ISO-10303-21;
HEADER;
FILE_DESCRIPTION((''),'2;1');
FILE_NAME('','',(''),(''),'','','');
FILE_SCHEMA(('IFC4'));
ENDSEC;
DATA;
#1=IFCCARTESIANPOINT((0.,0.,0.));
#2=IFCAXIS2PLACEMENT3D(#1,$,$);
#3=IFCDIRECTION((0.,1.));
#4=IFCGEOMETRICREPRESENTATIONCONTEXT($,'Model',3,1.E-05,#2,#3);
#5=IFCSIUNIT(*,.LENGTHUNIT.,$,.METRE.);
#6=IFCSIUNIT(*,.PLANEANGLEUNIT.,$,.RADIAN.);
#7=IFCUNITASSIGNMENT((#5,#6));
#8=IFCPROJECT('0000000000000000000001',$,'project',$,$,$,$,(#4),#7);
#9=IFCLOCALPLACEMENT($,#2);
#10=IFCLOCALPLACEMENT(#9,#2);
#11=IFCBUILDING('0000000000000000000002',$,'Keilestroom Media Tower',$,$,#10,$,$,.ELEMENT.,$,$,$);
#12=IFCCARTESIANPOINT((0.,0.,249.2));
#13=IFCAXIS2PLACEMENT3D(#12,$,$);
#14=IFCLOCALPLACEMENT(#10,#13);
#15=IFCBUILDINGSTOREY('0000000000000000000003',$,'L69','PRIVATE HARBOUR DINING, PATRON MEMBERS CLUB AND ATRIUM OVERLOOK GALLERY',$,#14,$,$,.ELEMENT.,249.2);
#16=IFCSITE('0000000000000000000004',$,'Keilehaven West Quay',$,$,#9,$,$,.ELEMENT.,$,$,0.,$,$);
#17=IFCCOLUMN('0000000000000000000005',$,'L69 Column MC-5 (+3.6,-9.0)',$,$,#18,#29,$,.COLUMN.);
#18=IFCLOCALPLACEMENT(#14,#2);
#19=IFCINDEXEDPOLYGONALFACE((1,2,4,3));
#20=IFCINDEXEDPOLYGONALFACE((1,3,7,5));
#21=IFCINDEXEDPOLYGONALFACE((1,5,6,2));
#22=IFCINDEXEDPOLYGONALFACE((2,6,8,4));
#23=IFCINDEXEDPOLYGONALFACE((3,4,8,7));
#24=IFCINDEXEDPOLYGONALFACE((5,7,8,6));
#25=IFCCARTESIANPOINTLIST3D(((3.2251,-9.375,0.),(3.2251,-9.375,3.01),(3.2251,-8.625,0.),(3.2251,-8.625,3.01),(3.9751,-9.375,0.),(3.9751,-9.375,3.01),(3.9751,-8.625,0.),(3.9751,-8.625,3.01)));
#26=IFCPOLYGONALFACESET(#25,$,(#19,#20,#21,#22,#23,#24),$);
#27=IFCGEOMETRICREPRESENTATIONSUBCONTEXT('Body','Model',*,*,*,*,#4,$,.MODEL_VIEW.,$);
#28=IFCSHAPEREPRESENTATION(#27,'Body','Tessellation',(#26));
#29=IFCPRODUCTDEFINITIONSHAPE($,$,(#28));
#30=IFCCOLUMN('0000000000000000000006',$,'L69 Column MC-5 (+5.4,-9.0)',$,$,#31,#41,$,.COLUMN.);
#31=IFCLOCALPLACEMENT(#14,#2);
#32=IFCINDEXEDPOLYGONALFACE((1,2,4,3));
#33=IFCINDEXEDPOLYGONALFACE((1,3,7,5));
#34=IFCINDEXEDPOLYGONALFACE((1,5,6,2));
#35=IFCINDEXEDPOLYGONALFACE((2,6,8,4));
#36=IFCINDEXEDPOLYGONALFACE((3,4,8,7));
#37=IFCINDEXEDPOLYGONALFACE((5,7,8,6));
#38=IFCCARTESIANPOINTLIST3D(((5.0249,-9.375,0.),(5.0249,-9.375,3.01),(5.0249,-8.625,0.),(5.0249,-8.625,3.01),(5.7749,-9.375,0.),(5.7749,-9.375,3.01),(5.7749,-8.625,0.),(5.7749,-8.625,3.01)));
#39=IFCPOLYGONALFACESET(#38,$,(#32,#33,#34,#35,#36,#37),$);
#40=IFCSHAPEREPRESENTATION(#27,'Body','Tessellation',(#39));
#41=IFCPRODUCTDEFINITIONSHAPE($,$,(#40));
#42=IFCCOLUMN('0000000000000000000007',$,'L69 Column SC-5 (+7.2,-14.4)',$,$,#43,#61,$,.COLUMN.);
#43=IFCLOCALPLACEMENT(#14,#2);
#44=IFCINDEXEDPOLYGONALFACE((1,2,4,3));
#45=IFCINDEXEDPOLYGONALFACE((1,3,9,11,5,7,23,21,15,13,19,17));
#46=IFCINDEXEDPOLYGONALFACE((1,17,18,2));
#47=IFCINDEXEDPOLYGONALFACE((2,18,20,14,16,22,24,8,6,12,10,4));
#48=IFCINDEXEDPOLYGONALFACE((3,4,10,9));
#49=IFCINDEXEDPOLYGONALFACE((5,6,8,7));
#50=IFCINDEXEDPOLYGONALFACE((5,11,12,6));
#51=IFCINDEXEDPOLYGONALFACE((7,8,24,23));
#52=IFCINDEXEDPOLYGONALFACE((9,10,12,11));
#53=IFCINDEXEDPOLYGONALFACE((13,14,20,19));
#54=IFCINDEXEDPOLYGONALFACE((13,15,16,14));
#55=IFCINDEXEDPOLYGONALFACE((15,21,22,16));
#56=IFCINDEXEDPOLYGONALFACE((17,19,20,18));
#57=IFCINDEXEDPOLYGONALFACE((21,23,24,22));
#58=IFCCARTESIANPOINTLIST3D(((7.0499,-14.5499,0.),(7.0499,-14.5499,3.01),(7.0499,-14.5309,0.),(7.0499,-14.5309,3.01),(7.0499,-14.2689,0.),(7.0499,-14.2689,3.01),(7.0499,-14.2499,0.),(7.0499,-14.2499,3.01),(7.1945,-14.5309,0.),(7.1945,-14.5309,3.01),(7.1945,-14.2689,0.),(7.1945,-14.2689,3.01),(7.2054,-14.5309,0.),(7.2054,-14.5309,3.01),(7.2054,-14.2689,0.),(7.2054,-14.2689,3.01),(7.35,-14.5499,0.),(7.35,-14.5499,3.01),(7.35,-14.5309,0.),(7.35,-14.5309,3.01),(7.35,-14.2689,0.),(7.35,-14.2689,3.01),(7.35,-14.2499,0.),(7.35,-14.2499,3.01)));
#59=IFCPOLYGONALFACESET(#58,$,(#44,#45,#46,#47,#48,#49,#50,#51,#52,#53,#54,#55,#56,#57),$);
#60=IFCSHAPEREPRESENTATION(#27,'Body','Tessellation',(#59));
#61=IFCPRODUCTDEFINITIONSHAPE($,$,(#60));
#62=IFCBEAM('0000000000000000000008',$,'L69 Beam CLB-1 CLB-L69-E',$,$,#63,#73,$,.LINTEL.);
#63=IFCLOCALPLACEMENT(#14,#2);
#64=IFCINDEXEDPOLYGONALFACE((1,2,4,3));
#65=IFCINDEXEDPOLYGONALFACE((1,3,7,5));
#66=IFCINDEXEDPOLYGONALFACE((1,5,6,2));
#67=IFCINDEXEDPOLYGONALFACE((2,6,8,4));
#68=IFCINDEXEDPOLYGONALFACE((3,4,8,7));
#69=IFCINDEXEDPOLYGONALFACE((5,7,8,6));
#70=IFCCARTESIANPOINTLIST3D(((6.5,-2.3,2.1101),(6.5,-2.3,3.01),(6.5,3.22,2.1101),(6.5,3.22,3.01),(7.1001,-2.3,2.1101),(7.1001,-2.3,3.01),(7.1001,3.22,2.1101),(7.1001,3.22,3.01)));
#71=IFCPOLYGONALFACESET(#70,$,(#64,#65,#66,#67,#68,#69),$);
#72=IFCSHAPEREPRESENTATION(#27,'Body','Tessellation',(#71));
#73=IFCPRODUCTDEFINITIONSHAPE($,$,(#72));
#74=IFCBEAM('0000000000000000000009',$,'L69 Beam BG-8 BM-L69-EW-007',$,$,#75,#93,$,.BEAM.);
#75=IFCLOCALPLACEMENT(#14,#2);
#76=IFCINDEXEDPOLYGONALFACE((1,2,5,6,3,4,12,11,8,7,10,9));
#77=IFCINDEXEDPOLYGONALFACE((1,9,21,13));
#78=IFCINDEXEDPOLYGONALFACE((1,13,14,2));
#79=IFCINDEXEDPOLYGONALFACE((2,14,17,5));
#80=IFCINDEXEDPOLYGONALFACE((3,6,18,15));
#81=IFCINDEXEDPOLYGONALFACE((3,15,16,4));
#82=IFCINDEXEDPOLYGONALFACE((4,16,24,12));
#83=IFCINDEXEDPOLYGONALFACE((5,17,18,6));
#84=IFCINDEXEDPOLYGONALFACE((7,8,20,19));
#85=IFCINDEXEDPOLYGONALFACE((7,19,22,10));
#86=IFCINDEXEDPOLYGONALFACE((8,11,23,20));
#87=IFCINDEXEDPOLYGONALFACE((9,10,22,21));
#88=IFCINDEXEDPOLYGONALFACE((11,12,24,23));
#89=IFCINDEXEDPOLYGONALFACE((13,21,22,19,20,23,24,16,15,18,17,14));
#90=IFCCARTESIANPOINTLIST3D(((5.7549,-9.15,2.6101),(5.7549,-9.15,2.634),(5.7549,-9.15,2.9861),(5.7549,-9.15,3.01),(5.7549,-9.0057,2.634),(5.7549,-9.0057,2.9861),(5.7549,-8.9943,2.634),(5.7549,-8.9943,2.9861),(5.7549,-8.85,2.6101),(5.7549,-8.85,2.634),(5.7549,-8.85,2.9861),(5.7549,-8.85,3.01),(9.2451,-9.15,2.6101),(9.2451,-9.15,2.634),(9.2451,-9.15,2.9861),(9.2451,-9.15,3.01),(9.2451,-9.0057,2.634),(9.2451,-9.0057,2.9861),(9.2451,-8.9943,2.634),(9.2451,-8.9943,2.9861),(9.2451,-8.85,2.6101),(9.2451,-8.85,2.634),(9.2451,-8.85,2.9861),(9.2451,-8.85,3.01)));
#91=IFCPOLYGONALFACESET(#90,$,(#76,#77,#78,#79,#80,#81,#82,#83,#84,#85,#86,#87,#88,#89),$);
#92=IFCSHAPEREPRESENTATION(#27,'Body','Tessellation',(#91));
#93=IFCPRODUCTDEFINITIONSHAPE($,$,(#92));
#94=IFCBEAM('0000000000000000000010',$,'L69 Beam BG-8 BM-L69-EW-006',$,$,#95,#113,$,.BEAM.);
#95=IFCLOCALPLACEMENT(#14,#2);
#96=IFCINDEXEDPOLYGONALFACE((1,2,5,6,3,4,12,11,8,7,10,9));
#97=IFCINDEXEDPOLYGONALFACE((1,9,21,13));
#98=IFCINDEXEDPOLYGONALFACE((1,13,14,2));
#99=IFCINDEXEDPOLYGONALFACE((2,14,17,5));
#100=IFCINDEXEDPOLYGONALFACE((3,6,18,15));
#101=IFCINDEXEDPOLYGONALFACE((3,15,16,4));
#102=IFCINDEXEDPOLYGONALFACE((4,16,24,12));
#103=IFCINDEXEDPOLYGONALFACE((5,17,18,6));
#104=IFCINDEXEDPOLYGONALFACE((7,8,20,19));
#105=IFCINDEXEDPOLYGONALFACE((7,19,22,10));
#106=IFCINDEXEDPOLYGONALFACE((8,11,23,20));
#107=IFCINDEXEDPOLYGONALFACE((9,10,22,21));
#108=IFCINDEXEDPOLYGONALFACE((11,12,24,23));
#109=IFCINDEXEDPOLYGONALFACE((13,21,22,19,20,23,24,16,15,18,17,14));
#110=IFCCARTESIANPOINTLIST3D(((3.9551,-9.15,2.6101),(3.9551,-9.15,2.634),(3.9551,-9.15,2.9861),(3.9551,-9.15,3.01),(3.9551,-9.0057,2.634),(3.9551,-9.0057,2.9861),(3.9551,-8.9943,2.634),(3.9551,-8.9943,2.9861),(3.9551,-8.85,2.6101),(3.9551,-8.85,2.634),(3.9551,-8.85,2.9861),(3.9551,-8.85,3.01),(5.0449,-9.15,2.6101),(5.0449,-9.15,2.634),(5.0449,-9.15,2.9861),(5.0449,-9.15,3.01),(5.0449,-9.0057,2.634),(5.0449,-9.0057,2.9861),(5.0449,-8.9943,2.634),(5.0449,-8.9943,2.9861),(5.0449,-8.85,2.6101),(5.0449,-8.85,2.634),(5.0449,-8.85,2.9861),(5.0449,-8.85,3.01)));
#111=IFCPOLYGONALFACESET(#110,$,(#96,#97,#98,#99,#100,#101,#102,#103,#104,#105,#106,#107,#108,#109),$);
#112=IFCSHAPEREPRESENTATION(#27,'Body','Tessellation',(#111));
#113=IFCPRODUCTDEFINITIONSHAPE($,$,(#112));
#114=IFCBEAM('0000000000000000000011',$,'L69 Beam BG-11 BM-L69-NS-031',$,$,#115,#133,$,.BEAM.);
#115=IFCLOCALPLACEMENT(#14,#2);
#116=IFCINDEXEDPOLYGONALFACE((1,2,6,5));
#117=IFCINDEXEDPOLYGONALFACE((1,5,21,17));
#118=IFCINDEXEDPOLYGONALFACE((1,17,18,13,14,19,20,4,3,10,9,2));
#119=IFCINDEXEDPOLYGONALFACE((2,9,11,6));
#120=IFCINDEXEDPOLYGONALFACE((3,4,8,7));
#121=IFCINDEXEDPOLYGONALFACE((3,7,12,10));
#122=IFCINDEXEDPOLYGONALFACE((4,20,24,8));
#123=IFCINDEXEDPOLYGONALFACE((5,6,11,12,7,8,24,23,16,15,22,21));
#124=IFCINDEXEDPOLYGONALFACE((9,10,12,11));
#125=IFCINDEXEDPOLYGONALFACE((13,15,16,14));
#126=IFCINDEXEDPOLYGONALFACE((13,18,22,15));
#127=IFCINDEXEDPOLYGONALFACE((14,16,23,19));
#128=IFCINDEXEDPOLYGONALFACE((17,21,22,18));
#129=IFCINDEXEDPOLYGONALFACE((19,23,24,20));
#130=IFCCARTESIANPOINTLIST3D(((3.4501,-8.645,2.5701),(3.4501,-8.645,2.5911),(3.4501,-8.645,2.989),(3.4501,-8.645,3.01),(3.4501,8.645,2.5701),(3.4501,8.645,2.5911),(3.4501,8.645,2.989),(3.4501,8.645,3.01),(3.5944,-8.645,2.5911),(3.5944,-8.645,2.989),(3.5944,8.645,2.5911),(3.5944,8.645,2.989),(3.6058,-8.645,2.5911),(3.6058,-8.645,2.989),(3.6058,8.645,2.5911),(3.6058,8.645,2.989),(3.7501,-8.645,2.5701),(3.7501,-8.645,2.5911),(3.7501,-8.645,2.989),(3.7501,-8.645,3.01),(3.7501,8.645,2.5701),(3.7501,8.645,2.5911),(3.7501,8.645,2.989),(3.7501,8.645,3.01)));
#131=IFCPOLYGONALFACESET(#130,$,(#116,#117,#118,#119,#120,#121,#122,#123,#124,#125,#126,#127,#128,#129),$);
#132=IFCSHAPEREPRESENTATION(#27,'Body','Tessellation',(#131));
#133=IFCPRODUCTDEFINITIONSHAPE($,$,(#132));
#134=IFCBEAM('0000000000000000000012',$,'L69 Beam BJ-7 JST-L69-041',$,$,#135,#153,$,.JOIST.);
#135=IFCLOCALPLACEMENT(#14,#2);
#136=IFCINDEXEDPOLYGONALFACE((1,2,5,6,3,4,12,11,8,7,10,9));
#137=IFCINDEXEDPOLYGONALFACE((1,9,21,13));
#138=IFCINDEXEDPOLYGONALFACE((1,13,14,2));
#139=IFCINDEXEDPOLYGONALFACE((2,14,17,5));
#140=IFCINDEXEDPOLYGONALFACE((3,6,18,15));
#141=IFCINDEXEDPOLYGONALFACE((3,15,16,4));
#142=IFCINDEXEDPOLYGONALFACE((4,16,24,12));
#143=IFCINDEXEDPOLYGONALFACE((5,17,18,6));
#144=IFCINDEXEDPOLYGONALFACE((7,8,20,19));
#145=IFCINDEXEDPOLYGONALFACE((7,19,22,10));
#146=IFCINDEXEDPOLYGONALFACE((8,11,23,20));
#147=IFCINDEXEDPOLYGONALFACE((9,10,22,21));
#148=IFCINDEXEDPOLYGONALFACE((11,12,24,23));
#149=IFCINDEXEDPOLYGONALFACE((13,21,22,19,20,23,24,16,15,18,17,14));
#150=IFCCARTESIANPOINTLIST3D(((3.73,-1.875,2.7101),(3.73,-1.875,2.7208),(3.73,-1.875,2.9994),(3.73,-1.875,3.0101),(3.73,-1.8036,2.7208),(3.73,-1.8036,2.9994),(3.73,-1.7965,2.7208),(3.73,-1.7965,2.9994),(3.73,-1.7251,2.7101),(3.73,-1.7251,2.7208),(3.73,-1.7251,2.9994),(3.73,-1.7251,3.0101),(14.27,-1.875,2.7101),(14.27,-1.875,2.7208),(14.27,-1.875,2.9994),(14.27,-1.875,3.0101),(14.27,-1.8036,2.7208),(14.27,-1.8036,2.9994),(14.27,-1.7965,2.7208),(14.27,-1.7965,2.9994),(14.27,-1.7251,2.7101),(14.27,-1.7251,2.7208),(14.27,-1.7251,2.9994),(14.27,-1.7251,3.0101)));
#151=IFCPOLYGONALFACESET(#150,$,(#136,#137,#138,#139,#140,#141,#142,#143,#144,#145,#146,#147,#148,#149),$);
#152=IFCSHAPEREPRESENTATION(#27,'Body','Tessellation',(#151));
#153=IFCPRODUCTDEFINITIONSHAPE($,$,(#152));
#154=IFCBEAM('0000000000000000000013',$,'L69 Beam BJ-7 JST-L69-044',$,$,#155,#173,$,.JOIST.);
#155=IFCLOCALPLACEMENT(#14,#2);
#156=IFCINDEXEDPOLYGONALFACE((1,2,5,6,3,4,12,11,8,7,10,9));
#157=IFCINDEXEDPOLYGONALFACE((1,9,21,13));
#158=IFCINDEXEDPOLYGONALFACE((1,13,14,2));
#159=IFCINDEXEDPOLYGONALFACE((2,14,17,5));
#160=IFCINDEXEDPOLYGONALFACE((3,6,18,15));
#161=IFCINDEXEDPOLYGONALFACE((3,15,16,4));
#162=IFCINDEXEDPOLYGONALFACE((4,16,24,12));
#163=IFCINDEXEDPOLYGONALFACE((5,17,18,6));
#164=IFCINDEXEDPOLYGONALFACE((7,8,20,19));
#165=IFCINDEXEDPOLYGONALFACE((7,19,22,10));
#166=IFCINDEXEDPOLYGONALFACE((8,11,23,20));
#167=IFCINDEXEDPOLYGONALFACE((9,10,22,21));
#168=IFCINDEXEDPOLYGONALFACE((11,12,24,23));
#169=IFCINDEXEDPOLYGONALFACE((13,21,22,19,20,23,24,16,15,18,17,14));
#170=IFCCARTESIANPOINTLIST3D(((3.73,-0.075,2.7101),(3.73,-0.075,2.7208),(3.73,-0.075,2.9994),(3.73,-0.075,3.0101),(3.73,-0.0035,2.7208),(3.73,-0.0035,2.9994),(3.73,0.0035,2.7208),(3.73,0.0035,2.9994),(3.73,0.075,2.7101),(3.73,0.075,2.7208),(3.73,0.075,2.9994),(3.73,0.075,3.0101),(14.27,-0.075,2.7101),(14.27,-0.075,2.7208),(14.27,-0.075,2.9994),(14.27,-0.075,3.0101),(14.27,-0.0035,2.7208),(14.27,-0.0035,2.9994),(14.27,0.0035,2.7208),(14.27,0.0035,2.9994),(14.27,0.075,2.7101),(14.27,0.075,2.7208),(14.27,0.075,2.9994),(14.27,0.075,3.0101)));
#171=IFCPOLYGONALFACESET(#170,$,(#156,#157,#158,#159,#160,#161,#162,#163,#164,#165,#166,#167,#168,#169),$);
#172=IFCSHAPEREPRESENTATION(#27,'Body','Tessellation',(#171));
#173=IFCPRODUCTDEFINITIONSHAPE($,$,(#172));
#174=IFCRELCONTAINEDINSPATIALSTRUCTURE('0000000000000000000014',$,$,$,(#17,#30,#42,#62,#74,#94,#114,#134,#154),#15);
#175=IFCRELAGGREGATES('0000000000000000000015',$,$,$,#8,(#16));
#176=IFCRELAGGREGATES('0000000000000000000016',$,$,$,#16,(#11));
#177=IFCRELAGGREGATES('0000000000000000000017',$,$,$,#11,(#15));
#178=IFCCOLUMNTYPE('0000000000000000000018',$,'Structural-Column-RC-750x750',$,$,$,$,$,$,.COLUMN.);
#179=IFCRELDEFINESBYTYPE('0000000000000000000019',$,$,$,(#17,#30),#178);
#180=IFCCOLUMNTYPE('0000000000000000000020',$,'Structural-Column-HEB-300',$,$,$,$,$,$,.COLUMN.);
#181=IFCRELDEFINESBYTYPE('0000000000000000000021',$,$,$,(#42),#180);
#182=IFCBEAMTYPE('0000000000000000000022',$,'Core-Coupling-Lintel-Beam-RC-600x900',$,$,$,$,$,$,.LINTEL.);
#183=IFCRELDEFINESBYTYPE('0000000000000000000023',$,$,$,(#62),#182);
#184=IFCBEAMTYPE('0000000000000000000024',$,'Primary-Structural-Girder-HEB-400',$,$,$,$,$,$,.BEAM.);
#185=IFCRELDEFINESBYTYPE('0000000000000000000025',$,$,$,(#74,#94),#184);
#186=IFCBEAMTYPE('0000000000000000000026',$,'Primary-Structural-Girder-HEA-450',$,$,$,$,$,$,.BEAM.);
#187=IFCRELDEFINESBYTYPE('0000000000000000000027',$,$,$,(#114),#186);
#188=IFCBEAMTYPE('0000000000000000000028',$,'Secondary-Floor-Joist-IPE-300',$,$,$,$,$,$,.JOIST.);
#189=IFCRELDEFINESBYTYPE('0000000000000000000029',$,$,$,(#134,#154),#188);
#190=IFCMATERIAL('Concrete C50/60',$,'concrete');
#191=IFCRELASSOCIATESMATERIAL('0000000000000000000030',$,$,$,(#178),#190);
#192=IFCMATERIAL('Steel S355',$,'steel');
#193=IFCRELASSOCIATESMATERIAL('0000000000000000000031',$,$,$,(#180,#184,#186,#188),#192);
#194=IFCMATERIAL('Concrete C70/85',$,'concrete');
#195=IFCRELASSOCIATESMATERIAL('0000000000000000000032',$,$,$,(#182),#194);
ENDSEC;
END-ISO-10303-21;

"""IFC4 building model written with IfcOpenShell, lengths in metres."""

from ifc_helpers import new_model, si_unit, direction, frame, origin, origin_2d, place, context, subcontext, project, spatial, rectangle, i_section, extrude, source, transform, mapped, material, material_profile, profile_set, type_object, element, save


model = new_model("IFC4")

# Units and contexts
model_context = context("Model", 3, precision=1e-05, world=origin(), true_north=direction((0.0, 1.0)))
body_context = subcontext(model_context, "Body", "Model", "MODEL_VIEW")
ifc_project = project(units=[si_unit("LENGTHUNIT", "METRE"), si_unit("PLANEANGLEUNIT", "RADIAN")], contexts=[model_context])

# Site, building, storey
site_placement = place(None, origin())
site = spatial("IfcSite", under=ifc_project, at=site_placement, Name="Keilehaven West Quay", CompositionType="ELEMENT", RefElevation=0.0)
building_placement = place(site_placement, origin())
building = spatial("IfcBuilding", under=site, at=building_placement, Name="Keilestroom Media Tower", CompositionType="ELEMENT")
storey_placement = place(building_placement, frame((0.0, 0.0, 249.2)))
storey = spatial("IfcBuildingStorey", under=building, at=storey_placement, Name="L69", Description="PRIVATE HARBOUR DINING, PATRON MEMBERS CLUB AND ATRIUM OVERLOOK GALLERY", CompositionType="ELEMENT", Elevation=249.2)

# Columns
ifc_material_1 = material(Name="Concrete C50/60", Category="concrete")
ifc_material_profile_1 = material_profile(ifc_material_1, rectangle(XDim=0.75, YDim=0.75, at=origin_2d()), Name="RC 750x750")
ifc_profile_set_1 = profile_set([ifc_material_profile_1], Name="Concrete C50/60")
column_type_1 = type_object("IfcColumnType", Name="Structural-Column-RC-750x750", PredefinedType="COLUMN", material=ifc_profile_set_1)
shared_shape_1 = source(origin(), body_context, "Body", "SweptSolid", [
    extrude(rectangle(XDim=0.75, YDim=0.75, at=origin_2d()), origin(), (0.0, 0.0, 1.0), 3.01),
])
for number, where, z_axis, x_axis, name in (
    (1, (3.6001, -9.0, 0.0), (0.0, 0.0, 1.0), (1.0, 0.0, 0.0), "L69 Column MC-5 (+3.6,-9.0)"),
    (2, (5.3999, -9.0, 0.0), (0.0, 0.0, 1.0), (1.0, 0.0, 0.0), "L69 Column MC-5 (+5.4,-9.0)"),
):
    element("IfcColumn", number, at=place(storey_placement, frame(where, z_axis=z_axis, x_axis=x_axis)), inside=storey, type_object=column_type_1, Name=name, PredefinedType="COLUMN", context=body_context, shape_type="MappedRepresentation", body=[
        mapped(shared_shape_1, transform((0.0, 0.0, 0.0), x_axis=(1.0, 0.0, 0.0), y_axis=(0.0, 1.0, 0.0), z_axis=(0.0, 0.0, 1.0), scale=1.0)),
    ])
ifc_material_2 = material(Name="Steel S355", Category="steel")
ifc_material_profile_2 = material_profile(ifc_material_2, i_section(OverallWidth=0.3, OverallDepth=0.3, WebThickness=0.011, FlangeThickness=0.019, at=origin_2d()), Name="HEB 300")
ifc_profile_set_2 = profile_set([ifc_material_profile_2], Name="Steel S355")
column_type_2 = type_object("IfcColumnType", Name="Structural-Column-HEB-300", PredefinedType="COLUMN", material=ifc_profile_set_2)
shared_shape_2 = source(origin(), body_context, "Body", "SweptSolid", [
    extrude(i_section(OverallWidth=0.3, OverallDepth=0.3, WebThickness=0.011, FlangeThickness=0.019, at=origin_2d()), origin(), (0.0, 0.0, 1.0), 3.01),
])
column_placement = place(storey_placement, frame((7.2, -14.3999, 0.0), z_axis=(0.0, 0.0, 1.0), x_axis=(1.0, 0.0, 0.0)))
element("IfcColumn", 3, at=column_placement, inside=storey, type_object=column_type_2, Name="L69 Column SC-5 (+7.2,-14.4)", PredefinedType="COLUMN", context=body_context, shape_type="MappedRepresentation", body=[
    mapped(shared_shape_2, transform((0.0, 0.0, 0.0), x_axis=(1.0, 0.0, 0.0), y_axis=(0.0, 1.0, 0.0), z_axis=(0.0, 0.0, 1.0), scale=1.0)),
])

# Beams
ifc_material_3 = material(Name="Concrete C70/85", Category="concrete")
ifc_material_profile_3 = material_profile(ifc_material_3, rectangle(XDim=0.6001, YDim=0.8999, at=origin_2d()), Name="RC 600x900")
ifc_profile_set_3 = profile_set([ifc_material_profile_3], Name="Concrete C70/85")
beam_type_1 = type_object("IfcBeamType", Name="Core-Coupling-Lintel-Beam-RC-600x900", PredefinedType="LINTEL", material=ifc_profile_set_3)
shared_shape_3 = source(origin(), body_context, "Body", "SweptSolid", [
    extrude(rectangle(XDim=0.6001, YDim=0.8999, at=origin_2d()), origin(), (0.0, 0.0, 1.0), 5.52),
])
beam_1_placement = place(storey_placement, frame((6.8, -2.3, 2.5601), z_axis=(0.0, 1.0, 0.0), x_axis=(-1.0, 0.0, 0.0)))
element("IfcBeam", 4, at=beam_1_placement, inside=storey, type_object=beam_type_1, Name="L69 Beam CLB-1 CLB-L69-E", PredefinedType="LINTEL", context=body_context, shape_type="MappedRepresentation", body=[
    mapped(shared_shape_3, transform((0.0, 0.0, 0.0), x_axis=(1.0, 0.0, 0.0), y_axis=(0.0, 1.0, 0.0), z_axis=(0.0, 0.0, 1.0), scale=1.0)),
])
ifc_material_profile_4 = material_profile(ifc_material_2, i_section(OverallWidth=0.3, OverallDepth=0.3999, WebThickness=0.0115, FlangeThickness=0.0239, at=origin_2d()), Name="HEB 400")
ifc_profile_set_4 = profile_set([ifc_material_profile_4], Name="Steel S355")
beam_type_2 = type_object("IfcBeamType", Name="Primary-Structural-Girder-HEB-400", PredefinedType="BEAM", material=ifc_profile_set_4)
shared_shape_4 = source(origin(), body_context, "Body", "SweptSolid", [
    extrude(i_section(OverallWidth=0.3, OverallDepth=0.3999, WebThickness=0.0115, FlangeThickness=0.0239, at=origin_2d()), origin(), (0.0, 0.0, 1.0), 3.4902),
])
beam_2_placement = place(storey_placement, frame((5.7549, -9.0, 2.8101), z_axis=(1.0, 0.0, 0.0), x_axis=(0.0, 1.0, 0.0)))
element("IfcBeam", 5, at=beam_2_placement, inside=storey, type_object=beam_type_2, Name="L69 Beam BG-8 BM-L69-EW-007", PredefinedType="BEAM", context=body_context, shape_type="MappedRepresentation", body=[
    mapped(shared_shape_4, transform((0.0, 0.0, 0.0), x_axis=(1.0, 0.0, 0.0), y_axis=(0.0, 1.0, 0.0), z_axis=(0.0, 0.0, 1.0), scale=1.0)),
])
shared_shape_5 = source(origin(), body_context, "Body", "SweptSolid", [
    extrude(i_section(OverallWidth=0.3, OverallDepth=0.3999, WebThickness=0.0115, FlangeThickness=0.0239, at=origin_2d()), origin(), (0.0, 0.0, 1.0), 1.0898),
])
beam_3_placement = place(storey_placement, frame((3.9551, -9.0, 2.8101), z_axis=(1.0, 0.0, 0.0), x_axis=(0.0, 1.0, 0.0)))
element("IfcBeam", 6, at=beam_3_placement, inside=storey, type_object=beam_type_2, Name="L69 Beam BG-8 BM-L69-EW-006", PredefinedType="BEAM", context=body_context, shape_type="MappedRepresentation", body=[
    mapped(shared_shape_5, transform((0.0, 0.0, 0.0), x_axis=(1.0, 0.0, 0.0), y_axis=(0.0, 1.0, 0.0), z_axis=(0.0, 0.0, 1.0), scale=1.0)),
])
ifc_material_profile_5 = material_profile(ifc_material_2, i_section(OverallWidth=0.3, OverallDepth=0.4399, WebThickness=0.0115, FlangeThickness=0.021, at=origin_2d()), Name="HEA 450")
ifc_profile_set_5 = profile_set([ifc_material_profile_5], Name="Steel S355")
beam_type_3 = type_object("IfcBeamType", Name="Primary-Structural-Girder-HEA-450", PredefinedType="BEAM", material=ifc_profile_set_5)
shared_shape_6 = source(origin(), body_context, "Body", "SweptSolid", [
    extrude(i_section(OverallWidth=0.3, OverallDepth=0.4399, WebThickness=0.0115, FlangeThickness=0.021, at=origin_2d()), origin(), (0.0, 0.0, 1.0), 17.29),
])
beam_4_placement = place(storey_placement, frame((3.6001, -8.645, 2.79), z_axis=(0.0, 1.0, 0.0), x_axis=(-1.0, 0.0, 0.0)))
element("IfcBeam", 7, at=beam_4_placement, inside=storey, type_object=beam_type_3, Name="L69 Beam BG-11 BM-L69-NS-031", PredefinedType="BEAM", context=body_context, shape_type="MappedRepresentation", body=[
    mapped(shared_shape_6, transform((0.0, 0.0, 0.0), x_axis=(1.0, 0.0, 0.0), y_axis=(0.0, 1.0, 0.0), z_axis=(0.0, 0.0, 1.0), scale=1.0)),
])
ifc_material_profile_6 = material_profile(ifc_material_2, i_section(OverallWidth=0.1499, OverallDepth=0.3, WebThickness=0.0071, FlangeThickness=0.0107, at=origin_2d()), Name="IPE 300")
ifc_profile_set_6 = profile_set([ifc_material_profile_6], Name="Steel S355")
beam_type_4 = type_object("IfcBeamType", Name="Secondary-Floor-Joist-IPE-300", PredefinedType="JOIST", material=ifc_profile_set_6)
shared_shape_7 = source(origin(), body_context, "Body", "SweptSolid", [
    extrude(i_section(OverallWidth=0.1499, OverallDepth=0.3, WebThickness=0.0071, FlangeThickness=0.0107, at=origin_2d()), origin(), (0.0, 0.0, 1.0), 10.54),
])
for number, where, z_axis, x_axis, name in (
    (8, (3.73, -1.8, 2.8601), (1.0, 0.0, 0.0), (0.0, 1.0, 0.0), "L69 Beam BJ-7 JST-L69-041"),
    (9, (3.73, 0.0, 2.8601), (1.0, 0.0, 0.0), (0.0, 1.0, 0.0), "L69 Beam BJ-7 JST-L69-044"),
):
    element("IfcBeam", number, at=place(storey_placement, frame(where, z_axis=z_axis, x_axis=x_axis)), inside=storey, type_object=beam_type_4, Name=name, PredefinedType="JOIST", context=body_context, shape_type="MappedRepresentation", body=[
        mapped(shared_shape_7, transform((0.0, 0.0, 0.0), x_axis=(1.0, 0.0, 0.0), y_axis=(0.0, 1.0, 0.0), z_axis=(0.0, 0.0, 1.0), scale=1.0)),
    ])

save(model, "model.ifc")
